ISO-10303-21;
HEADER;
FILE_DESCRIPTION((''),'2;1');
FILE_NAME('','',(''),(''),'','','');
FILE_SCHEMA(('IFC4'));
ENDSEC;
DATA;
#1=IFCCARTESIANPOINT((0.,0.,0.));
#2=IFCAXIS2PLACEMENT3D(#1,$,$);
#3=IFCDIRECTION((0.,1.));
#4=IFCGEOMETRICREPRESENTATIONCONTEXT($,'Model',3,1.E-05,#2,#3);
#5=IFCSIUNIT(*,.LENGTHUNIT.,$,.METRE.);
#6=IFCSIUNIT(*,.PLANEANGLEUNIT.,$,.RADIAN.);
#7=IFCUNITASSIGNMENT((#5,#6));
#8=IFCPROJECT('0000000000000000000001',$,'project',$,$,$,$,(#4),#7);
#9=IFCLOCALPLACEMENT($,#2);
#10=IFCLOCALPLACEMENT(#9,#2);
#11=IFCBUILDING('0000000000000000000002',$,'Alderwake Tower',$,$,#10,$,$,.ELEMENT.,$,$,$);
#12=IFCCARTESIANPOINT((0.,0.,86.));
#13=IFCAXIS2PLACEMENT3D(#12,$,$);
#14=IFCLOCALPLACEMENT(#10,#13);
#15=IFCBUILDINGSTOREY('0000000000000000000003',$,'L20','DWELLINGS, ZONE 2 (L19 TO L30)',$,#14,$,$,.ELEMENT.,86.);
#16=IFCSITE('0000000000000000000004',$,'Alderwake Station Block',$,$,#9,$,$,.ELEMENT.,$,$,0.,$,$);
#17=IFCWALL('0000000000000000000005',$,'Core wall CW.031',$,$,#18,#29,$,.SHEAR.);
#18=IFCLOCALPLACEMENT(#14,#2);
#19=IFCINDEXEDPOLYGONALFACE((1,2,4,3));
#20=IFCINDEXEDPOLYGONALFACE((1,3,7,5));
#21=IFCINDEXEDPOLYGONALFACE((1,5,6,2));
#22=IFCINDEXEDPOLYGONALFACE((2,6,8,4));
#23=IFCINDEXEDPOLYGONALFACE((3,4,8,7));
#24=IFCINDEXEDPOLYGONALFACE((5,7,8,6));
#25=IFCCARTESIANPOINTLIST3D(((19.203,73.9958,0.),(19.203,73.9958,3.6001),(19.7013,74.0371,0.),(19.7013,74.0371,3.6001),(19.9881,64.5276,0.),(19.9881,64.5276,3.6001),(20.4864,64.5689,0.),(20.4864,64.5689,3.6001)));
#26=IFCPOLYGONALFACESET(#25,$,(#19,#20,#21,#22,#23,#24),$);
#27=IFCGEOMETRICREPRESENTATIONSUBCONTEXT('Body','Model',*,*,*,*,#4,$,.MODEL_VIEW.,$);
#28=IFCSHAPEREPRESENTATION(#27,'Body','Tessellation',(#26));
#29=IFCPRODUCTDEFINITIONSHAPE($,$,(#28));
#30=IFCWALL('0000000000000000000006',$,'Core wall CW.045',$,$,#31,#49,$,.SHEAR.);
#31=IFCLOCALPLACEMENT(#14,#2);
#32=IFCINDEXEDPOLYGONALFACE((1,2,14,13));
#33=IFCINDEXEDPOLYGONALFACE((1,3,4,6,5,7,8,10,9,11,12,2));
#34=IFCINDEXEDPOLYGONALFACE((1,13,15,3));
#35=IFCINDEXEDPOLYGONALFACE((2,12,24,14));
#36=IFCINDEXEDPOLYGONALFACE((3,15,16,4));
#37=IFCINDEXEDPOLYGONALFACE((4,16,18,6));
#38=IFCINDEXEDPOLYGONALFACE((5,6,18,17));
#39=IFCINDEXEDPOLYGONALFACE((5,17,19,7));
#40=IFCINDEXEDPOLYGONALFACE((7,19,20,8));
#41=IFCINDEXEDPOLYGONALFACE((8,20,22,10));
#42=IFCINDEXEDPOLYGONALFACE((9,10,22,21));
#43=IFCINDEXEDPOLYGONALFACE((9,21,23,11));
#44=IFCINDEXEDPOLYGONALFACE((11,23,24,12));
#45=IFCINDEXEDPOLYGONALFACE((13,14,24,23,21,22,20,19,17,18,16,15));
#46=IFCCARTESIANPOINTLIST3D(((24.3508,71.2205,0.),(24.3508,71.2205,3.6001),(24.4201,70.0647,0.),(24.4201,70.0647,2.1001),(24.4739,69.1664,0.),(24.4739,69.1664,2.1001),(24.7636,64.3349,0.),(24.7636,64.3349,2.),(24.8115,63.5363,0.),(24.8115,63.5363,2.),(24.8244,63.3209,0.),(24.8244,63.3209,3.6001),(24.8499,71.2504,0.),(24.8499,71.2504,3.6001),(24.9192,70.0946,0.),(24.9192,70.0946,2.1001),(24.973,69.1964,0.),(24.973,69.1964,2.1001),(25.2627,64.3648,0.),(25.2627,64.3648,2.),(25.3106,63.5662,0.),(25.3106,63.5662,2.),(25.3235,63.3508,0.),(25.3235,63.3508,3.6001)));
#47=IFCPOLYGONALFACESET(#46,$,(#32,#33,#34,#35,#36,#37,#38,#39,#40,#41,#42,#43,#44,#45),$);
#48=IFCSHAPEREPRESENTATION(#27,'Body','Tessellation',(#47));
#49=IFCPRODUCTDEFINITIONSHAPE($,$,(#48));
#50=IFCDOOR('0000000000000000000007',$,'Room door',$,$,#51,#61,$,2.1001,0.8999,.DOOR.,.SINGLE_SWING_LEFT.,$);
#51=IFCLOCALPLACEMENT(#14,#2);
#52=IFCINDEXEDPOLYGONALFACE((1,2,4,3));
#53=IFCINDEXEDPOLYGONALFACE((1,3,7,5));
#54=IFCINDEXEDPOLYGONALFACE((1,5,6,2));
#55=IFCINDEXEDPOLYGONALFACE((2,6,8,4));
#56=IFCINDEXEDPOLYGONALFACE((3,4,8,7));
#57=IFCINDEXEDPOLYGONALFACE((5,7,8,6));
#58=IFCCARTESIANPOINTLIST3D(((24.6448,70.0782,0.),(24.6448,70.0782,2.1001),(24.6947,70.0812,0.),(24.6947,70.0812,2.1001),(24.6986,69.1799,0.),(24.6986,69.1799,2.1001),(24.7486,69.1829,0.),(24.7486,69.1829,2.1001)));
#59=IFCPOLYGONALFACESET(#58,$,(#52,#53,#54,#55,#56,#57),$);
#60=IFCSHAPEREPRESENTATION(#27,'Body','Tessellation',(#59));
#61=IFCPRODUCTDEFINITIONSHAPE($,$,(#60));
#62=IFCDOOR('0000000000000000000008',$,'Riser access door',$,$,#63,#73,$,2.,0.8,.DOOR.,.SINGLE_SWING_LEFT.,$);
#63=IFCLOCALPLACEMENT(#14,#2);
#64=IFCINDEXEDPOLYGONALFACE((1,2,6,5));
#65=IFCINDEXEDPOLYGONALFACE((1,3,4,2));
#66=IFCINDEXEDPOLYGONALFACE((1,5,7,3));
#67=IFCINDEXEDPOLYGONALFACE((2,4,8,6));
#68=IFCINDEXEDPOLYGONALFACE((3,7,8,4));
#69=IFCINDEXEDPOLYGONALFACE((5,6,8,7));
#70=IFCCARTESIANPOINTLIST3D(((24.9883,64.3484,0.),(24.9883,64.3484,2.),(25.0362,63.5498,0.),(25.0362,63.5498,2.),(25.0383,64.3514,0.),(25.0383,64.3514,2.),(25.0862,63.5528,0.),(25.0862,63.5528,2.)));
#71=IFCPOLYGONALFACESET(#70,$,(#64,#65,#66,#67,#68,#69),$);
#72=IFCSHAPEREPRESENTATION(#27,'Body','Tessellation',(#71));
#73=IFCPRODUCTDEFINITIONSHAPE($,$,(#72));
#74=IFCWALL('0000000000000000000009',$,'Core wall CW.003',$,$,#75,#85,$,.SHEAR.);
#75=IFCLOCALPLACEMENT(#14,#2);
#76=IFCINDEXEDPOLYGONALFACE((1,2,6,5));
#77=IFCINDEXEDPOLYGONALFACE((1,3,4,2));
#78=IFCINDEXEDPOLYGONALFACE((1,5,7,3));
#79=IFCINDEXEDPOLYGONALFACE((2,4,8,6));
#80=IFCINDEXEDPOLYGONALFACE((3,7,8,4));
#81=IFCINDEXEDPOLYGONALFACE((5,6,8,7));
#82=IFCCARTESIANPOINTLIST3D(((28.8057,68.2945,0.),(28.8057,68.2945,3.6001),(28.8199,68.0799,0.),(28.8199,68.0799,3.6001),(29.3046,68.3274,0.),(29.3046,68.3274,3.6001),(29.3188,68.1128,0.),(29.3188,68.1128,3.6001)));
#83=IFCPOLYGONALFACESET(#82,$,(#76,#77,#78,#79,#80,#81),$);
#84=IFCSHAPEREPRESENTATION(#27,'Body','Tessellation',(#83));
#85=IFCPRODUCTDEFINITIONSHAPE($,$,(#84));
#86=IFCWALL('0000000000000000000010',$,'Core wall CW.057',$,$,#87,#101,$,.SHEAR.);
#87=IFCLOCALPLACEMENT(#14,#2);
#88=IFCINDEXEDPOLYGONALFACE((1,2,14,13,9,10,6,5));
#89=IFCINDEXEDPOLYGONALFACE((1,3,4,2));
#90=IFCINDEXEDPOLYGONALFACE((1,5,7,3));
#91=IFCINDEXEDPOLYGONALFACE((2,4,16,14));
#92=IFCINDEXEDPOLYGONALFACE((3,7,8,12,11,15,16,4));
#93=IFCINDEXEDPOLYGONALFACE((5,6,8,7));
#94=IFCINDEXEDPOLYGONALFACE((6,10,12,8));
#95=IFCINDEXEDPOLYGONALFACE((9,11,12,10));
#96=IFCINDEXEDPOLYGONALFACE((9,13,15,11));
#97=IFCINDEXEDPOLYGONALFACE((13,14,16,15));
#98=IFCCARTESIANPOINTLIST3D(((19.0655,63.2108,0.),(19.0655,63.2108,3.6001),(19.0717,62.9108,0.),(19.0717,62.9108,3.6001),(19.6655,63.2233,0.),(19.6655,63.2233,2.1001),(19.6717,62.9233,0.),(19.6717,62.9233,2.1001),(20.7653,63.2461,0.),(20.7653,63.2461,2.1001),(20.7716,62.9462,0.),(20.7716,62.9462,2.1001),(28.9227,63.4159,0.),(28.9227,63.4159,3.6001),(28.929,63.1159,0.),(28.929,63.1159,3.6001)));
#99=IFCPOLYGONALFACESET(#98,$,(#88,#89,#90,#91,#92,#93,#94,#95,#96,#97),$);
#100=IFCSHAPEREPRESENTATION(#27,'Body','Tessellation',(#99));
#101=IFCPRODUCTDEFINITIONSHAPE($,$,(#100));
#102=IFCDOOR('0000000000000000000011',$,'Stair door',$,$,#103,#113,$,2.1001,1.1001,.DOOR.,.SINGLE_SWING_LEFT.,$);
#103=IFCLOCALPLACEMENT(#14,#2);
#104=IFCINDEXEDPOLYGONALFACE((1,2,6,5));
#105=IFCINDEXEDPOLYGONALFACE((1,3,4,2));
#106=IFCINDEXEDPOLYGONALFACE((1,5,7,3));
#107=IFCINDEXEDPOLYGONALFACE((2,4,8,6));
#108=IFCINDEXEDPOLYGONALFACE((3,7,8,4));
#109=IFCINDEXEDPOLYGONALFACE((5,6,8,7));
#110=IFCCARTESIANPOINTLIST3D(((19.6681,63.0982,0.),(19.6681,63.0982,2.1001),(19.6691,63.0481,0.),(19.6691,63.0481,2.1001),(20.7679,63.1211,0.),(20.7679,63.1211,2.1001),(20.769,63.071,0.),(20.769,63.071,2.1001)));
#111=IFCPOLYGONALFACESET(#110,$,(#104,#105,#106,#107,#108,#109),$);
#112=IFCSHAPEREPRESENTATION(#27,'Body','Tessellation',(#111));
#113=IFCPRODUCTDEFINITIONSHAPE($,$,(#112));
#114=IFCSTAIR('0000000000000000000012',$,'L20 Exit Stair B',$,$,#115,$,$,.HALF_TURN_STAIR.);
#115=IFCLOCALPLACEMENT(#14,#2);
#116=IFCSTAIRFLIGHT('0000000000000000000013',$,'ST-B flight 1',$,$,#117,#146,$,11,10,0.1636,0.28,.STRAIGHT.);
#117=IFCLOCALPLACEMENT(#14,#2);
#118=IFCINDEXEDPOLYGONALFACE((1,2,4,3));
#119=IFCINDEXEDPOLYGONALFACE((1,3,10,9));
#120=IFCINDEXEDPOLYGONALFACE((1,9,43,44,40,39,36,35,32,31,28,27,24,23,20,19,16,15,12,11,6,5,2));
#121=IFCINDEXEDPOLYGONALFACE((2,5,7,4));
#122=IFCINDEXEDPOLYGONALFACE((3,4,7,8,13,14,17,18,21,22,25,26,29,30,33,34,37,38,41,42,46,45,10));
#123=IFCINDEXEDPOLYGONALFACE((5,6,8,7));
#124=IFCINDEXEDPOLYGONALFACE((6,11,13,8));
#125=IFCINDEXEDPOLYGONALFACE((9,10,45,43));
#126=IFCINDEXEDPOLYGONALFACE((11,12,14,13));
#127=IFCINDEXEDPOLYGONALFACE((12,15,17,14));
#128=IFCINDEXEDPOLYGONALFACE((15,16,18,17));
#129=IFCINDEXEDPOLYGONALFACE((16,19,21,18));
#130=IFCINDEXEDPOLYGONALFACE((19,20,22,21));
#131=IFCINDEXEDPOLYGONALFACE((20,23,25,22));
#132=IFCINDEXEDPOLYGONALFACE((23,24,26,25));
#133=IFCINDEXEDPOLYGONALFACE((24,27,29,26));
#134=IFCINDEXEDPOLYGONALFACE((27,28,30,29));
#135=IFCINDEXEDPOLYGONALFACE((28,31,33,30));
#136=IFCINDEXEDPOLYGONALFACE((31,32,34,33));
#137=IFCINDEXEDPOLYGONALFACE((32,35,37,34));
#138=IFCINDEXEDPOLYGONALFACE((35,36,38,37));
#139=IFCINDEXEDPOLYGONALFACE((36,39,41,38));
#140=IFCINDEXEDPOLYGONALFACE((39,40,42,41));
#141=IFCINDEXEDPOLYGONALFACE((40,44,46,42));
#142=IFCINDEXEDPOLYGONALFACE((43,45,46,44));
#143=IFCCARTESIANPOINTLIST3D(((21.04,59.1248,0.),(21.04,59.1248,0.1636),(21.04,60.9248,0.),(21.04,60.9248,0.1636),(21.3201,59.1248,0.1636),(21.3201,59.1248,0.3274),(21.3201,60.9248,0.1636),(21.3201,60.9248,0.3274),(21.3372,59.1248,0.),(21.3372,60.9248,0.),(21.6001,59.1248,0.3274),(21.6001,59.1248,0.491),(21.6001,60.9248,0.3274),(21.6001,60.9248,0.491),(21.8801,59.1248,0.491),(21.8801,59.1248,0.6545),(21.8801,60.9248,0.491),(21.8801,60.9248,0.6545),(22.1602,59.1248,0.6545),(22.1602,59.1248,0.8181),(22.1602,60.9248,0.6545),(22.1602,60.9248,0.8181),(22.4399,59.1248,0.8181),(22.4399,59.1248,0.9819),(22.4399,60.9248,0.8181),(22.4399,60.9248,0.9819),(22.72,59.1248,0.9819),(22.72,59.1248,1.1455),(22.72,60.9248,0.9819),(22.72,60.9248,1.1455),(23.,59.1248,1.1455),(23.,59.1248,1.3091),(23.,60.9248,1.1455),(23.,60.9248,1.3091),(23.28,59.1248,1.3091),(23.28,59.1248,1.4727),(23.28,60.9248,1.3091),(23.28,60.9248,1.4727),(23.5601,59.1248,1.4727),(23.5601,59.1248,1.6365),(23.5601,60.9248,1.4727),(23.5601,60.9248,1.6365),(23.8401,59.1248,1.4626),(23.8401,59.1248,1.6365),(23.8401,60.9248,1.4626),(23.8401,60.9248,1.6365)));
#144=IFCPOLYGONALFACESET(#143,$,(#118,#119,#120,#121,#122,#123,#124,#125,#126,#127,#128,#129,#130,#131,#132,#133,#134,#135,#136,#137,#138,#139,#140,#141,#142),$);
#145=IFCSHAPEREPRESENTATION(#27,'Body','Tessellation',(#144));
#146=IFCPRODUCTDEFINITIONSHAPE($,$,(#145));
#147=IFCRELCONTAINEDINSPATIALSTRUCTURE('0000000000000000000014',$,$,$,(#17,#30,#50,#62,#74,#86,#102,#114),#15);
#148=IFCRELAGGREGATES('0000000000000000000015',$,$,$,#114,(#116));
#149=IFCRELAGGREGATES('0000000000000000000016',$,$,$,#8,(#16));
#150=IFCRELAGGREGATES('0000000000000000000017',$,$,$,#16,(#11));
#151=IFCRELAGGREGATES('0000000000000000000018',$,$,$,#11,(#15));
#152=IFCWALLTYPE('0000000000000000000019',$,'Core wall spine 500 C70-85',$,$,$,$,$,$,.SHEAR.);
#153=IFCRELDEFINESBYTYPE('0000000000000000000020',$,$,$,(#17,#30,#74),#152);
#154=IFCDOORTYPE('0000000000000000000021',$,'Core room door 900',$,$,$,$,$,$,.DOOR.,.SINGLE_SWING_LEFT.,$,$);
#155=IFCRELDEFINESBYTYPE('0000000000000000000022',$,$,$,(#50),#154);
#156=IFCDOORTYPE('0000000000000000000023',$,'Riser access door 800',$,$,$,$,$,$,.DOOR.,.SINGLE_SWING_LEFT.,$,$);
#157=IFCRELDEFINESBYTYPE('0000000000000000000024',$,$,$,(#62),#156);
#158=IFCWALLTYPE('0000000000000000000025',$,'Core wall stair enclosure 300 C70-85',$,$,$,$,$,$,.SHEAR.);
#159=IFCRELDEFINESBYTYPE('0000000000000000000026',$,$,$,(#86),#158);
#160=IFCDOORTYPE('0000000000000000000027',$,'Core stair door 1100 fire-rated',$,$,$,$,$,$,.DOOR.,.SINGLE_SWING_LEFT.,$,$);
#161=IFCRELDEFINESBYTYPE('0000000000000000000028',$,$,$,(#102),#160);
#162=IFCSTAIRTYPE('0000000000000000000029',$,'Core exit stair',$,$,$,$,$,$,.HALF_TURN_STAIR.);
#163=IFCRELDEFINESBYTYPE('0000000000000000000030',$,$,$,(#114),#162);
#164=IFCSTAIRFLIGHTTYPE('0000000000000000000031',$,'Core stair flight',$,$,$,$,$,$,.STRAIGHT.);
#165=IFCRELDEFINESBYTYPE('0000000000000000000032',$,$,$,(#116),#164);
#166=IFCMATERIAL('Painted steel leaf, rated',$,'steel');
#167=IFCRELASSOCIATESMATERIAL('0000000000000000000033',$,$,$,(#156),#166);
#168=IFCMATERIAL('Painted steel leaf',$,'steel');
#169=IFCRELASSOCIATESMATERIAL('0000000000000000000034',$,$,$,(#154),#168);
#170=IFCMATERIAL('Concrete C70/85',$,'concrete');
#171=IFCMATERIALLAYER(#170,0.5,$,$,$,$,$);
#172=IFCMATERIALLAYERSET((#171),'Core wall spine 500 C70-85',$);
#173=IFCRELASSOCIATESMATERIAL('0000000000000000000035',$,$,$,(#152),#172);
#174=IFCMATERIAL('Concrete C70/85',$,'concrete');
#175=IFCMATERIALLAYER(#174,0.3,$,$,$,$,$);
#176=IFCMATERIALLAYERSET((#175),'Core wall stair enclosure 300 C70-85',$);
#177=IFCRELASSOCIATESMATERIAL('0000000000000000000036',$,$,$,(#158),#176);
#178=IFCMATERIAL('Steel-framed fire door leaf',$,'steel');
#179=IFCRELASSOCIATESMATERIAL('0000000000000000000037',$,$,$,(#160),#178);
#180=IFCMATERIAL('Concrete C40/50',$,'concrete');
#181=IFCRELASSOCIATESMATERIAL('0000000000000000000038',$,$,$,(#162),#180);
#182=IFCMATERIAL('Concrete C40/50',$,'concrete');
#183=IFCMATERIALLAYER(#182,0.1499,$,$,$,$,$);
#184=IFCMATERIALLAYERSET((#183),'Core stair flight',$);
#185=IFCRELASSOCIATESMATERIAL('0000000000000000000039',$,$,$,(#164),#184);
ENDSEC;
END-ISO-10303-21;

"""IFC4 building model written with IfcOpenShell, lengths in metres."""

from ifc_helpers import new_model, si_unit, direction, frame, frame_2d, origin, place, context, subcontext, project, spatial, polyline, rectangle, outline, extrude, material, layer, layer_set, type_object, element, fill, aggregate, save


model = new_model("IFC4")

# Units and contexts
model_context = context("Model", 3, precision=1e-05, world=origin(), true_north=direction((0.0, 1.0)))
body_context = subcontext(model_context, "Body", "Model", "MODEL_VIEW")
ifc_project = project(units=[si_unit("LENGTHUNIT", "METRE"), si_unit("PLANEANGLEUNIT", "RADIAN")], contexts=[model_context])

# Site, building, storey
site_placement = place(None, origin())
site = spatial("IfcSite", under=ifc_project, at=site_placement, Name="Alderwake Station Block", CompositionType="ELEMENT", RefElevation=0.0)
building_placement = place(site_placement, origin())
building = spatial("IfcBuilding", under=site, at=building_placement, Name="Alderwake Tower", CompositionType="ELEMENT")
storey_placement = place(building_placement, frame((0.0, 0.0, 86.0)))
storey = spatial("IfcBuildingStorey", under=building, at=storey_placement, Name="L20", Description="DWELLINGS, ZONE 2 (L19 TO L30)", CompositionType="ELEMENT", Elevation=86.0)

# Shared definitions
ifc_material_1 = material(Name="Painted steel leaf, rated", Category="steel")
door_type_1 = type_object("IfcDoorType", Name="Riser access door 800", OperationType="SINGLE_SWING_LEFT", PredefinedType="DOOR", material=ifc_material_1)

# Shared definitions
ifc_material_2 = material(Name="Painted steel leaf", Category="steel")
door_type_2 = type_object("IfcDoorType", Name="Core room door 900", OperationType="SINGLE_SWING_LEFT", PredefinedType="DOOR", material=ifc_material_2)

# Wall
ifc_material_3 = material(Name="Concrete C70/85", Category="concrete")
ifc_layer_1 = layer(ifc_material_3, 0.5)
ifc_layer_set_1 = layer_set([ifc_layer_1], Name="Core wall spine 500 C70-85")
wall_type_1 = type_object("IfcWallType", Name="Core wall spine 500 C70-85", PredefinedType="SHEAR", material=ifc_layer_set_1)
wall_1_placement = place(storey_placement, frame((20.2373, 64.5481, 0.0), z_axis=(0.0, 0.0, 1.0), x_axis=(-0.082641, 0.996579, 0.0)))
element("IfcWall", 1, at=wall_1_placement, inside=storey, type_object=wall_type_1, Name="Core wall CW.031", PredefinedType="SHEAR", context=body_context, shape_type="SweptSolid", body=[
    extrude(rectangle(XDim=9.5007, YDim=0.5, at=frame_2d((4.7505, 0.0))), origin(), (0.0, 0.0, 1.0), 3.6001),
])

# Wall, openings, doors
wall_2_placement = place(storey_placement, frame((25.074, 63.3357, 0.0), z_axis=(0.0, 0.0, 1.0), x_axis=(-0.059849, 0.998207, 0.0)))
wall_2 = element("IfcWall", 2, at=wall_2_placement, inside=storey, type_object=wall_type_1, Name="Core wall CW.045", PredefinedType="SHEAR", context=body_context, shape_type="SweptSolid", body=[
    extrude(rectangle(XDim=7.9138, YDim=0.5, at=frame_2d((3.957, 0.0))), origin(), (0.0, 0.0, 1.0), 3.6001),
])
opening_1_placement = place(wall_2_placement, frame((0.2161, 0.0, 0.0)))
opening_1 = element("IfcOpeningElement", 3, at=opening_1_placement, cuts=wall_2, PredefinedType="OPENING", context=body_context, shape_type="SweptSolid", body=[
    extrude(rectangle(XDim=0.8, YDim=2.0, at=frame_2d((0.3999, 1.0))), frame((0.0, 0.26, 0.0), z_axis=(0.0, -1.0, 0.0), x_axis=(1.0, 0.0, 0.0)), (0.0, 0.0, 1.0), 0.52),
])
opening_2_placement = place(wall_2_placement, frame((5.8562, 0.0, 0.0)))
opening_2 = element("IfcOpeningElement", 4, at=opening_2_placement, cuts=wall_2, PredefinedType="OPENING", context=body_context, shape_type="SweptSolid", body=[
    extrude(rectangle(XDim=0.8999, YDim=2.1001, at=frame_2d((0.45, 1.05))), frame((0.0, 0.26, 0.0), z_axis=(0.0, -1.0, 0.0), x_axis=(1.0, 0.0, 0.0)), (0.0, 0.0, 1.0), 0.52),
])
door_1_placement = place(opening_2_placement, origin())
door_1 = element("IfcDoor", 5, at=door_1_placement, inside=storey, type_object=door_type_2, Name="Room door", OperationType="SINGLE_SWING_LEFT", OverallHeight=2.1001, OverallWidth=0.8999, PredefinedType="DOOR", context=body_context, shape_type="SweptSolid", body=[
    extrude(rectangle(XDim=0.8999, YDim=2.1001, at=frame_2d((0.45, 1.05))), frame((0.0, 0.0249, 0.0), z_axis=(0.0, -1.0, 0.0), x_axis=(1.0, 0.0, 0.0)), (0.0, 0.0, 1.0), 0.05),
])
fill(opening_2, door_1)
door_2_placement = place(opening_1_placement, origin())
door_2 = element("IfcDoor", 6, at=door_2_placement, inside=storey, type_object=door_type_1, Name="Riser access door", OperationType="SINGLE_SWING_LEFT", OverallHeight=2.0, OverallWidth=0.8, PredefinedType="DOOR", context=body_context, shape_type="SweptSolid", body=[
    extrude(rectangle(XDim=0.8, YDim=2.0, at=frame_2d((0.3999, 1.0))), frame((0.0, 0.0249, 0.0), z_axis=(0.0, -1.0, 0.0), x_axis=(1.0, 0.0, 0.0)), (0.0, 0.0, 1.0), 0.05),
])
fill(opening_1, door_2)

# Wall
wall_3_placement = place(storey_placement, frame((29.0693, 68.0964, 0.0), z_axis=(0.0, 0.0, 1.0), x_axis=(-0.065841, 0.99783, 0.0)))
element("IfcWall", 7, at=wall_3_placement, inside=storey, type_object=wall_type_1, Name="Core wall CW.003", PredefinedType="SHEAR", context=body_context, shape_type="SweptSolid", body=[
    extrude(rectangle(XDim=0.2151, YDim=0.5, at=frame_2d((0.1074, 0.0))), origin(), (0.0, 0.0, 1.0), 3.6001),
])

# Wall, opening, door
ifc_material_4 = material(Name="Concrete C70/85", Category="concrete")
ifc_layer_2 = layer(ifc_material_4, 0.3)
ifc_layer_set_2 = layer_set([ifc_layer_2], Name="Core wall stair enclosure 300 C70-85")
wall_type_2 = type_object("IfcWallType", Name="Core wall stair enclosure 300 C70-85", PredefinedType="SHEAR", material=ifc_layer_set_2)
wall_4_placement = place(storey_placement, frame((19.0686, 63.0608, 0.0), z_axis=(0.0, 0.0, 1.0), x_axis=(0.999784, 0.0208, 0.0)))
wall_4 = element("IfcWall", 8, at=wall_4_placement, inside=storey, type_object=wall_type_2, Name="Core wall CW.057", PredefinedType="SHEAR", context=body_context, shape_type="SweptSolid", body=[
    extrude(rectangle(XDim=9.8594, YDim=0.3, at=frame_2d((4.9297, 0.0))), origin(), (0.0, 0.0, 1.0), 3.6001),
])
opening_3_placement = place(wall_4_placement, frame((0.6001, 0.0, 0.0)))
opening_3 = element("IfcOpeningElement", 9, at=opening_3_placement, cuts=wall_4, PredefinedType="OPENING", context=body_context, shape_type="SweptSolid", body=[
    extrude(rectangle(XDim=1.1001, YDim=2.1001, at=frame_2d((0.55, 1.05))), frame((0.0, 0.1599, 0.0), z_axis=(0.0, -1.0, 0.0), x_axis=(1.0, 0.0, 0.0)), (0.0, 0.0, 1.0), 0.3201),
])
ifc_material_5 = material(Name="Steel-framed fire door leaf", Category="steel")
door_type_3 = type_object("IfcDoorType", Name="Core stair door 1100 fire-rated", OperationType="SINGLE_SWING_LEFT", PredefinedType="DOOR", material=ifc_material_5)
door_3_placement = place(opening_3_placement, origin())
door_3 = element("IfcDoor", 10, at=door_3_placement, inside=storey, type_object=door_type_3, Name="Stair door", OperationType="SINGLE_SWING_LEFT", OverallHeight=2.1001, OverallWidth=1.1001, PredefinedType="DOOR", context=body_context, shape_type="SweptSolid", body=[
    extrude(rectangle(XDim=1.1001, YDim=2.1001, at=frame_2d((0.55, 1.05))), frame((0.0, 0.0249, 0.0), z_axis=(0.0, -1.0, 0.0), x_axis=(1.0, 0.0, 0.0)), (0.0, 0.0, 1.0), 0.05),
])
fill(opening_3, door_3)

# Stair, stair flight
ifc_material_6 = material(Name="Concrete C40/50", Category="concrete")
stair_type = type_object("IfcStairType", Name="Core exit stair", PredefinedType="HALF_TURN_STAIR", material=ifc_material_6)
stair_placement = place(storey_placement, origin())
stair = element("IfcStair", 11, at=stair_placement, inside=storey, type_object=stair_type, Name="L20 Exit Stair B", PredefinedType="HALF_TURN_STAIR")
ifc_material_7 = material(Name="Concrete C40/50", Category="concrete")
ifc_layer_3 = layer(ifc_material_7, 0.1499)
ifc_layer_set_3 = layer_set([ifc_layer_3], Name="Core stair flight")
stair_flight_type = type_object("IfcStairFlightType", Name="Core stair flight", PredefinedType="STRAIGHT", material=ifc_layer_set_3)
stair_flight_1_placement = place(storey_placement, frame((21.04, 60.0249, 0.0), z_axis=(0.0, 0.0, 1.0), x_axis=(1.0, 0.0, 0.0)))
stair_flight_1 = element("IfcStairFlight", 12, at=stair_flight_1_placement, type_object=stair_flight_type, Name="ST-B flight 1", NumberOfRisers=11, NumberOfTreads=10, PredefinedType="STRAIGHT", RiserHeight=0.1636, TreadLength=0.28, context=body_context, shape_type="SweptSolid", body=[
    extrude(outline(polyline([(0.0, 0.0), (0.0, 0.1636), (0.28, 0.1636), (0.28, 0.3274), (0.5601, 0.3274), (0.5601, 0.491), (0.8401, 0.491), (0.8401, 0.6545), (1.1201, 0.6545), (1.1201, 0.8181), (1.3999, 0.8181), (1.3999, 0.9819), (1.6799, 0.9819), (1.6799, 1.1455), (1.96, 1.1455), (1.96, 1.3091), (2.24, 1.3091), (2.24, 1.4727), (2.52, 1.4727), (2.52, 1.6365), (2.8, 1.6365), (2.8, 1.8), (2.8, 1.4626), (0.2971, 0.0), (0.0, 0.0)])), frame((0.0, 0.8999, 0.0), z_axis=(0.0, -1.0, 0.0), x_axis=(1.0, 0.0, 0.0)), (0.0, 0.0, 1.0), 1.8),
])
aggregate(stair, [stair_flight_1])

save(model, "model.ifc")
